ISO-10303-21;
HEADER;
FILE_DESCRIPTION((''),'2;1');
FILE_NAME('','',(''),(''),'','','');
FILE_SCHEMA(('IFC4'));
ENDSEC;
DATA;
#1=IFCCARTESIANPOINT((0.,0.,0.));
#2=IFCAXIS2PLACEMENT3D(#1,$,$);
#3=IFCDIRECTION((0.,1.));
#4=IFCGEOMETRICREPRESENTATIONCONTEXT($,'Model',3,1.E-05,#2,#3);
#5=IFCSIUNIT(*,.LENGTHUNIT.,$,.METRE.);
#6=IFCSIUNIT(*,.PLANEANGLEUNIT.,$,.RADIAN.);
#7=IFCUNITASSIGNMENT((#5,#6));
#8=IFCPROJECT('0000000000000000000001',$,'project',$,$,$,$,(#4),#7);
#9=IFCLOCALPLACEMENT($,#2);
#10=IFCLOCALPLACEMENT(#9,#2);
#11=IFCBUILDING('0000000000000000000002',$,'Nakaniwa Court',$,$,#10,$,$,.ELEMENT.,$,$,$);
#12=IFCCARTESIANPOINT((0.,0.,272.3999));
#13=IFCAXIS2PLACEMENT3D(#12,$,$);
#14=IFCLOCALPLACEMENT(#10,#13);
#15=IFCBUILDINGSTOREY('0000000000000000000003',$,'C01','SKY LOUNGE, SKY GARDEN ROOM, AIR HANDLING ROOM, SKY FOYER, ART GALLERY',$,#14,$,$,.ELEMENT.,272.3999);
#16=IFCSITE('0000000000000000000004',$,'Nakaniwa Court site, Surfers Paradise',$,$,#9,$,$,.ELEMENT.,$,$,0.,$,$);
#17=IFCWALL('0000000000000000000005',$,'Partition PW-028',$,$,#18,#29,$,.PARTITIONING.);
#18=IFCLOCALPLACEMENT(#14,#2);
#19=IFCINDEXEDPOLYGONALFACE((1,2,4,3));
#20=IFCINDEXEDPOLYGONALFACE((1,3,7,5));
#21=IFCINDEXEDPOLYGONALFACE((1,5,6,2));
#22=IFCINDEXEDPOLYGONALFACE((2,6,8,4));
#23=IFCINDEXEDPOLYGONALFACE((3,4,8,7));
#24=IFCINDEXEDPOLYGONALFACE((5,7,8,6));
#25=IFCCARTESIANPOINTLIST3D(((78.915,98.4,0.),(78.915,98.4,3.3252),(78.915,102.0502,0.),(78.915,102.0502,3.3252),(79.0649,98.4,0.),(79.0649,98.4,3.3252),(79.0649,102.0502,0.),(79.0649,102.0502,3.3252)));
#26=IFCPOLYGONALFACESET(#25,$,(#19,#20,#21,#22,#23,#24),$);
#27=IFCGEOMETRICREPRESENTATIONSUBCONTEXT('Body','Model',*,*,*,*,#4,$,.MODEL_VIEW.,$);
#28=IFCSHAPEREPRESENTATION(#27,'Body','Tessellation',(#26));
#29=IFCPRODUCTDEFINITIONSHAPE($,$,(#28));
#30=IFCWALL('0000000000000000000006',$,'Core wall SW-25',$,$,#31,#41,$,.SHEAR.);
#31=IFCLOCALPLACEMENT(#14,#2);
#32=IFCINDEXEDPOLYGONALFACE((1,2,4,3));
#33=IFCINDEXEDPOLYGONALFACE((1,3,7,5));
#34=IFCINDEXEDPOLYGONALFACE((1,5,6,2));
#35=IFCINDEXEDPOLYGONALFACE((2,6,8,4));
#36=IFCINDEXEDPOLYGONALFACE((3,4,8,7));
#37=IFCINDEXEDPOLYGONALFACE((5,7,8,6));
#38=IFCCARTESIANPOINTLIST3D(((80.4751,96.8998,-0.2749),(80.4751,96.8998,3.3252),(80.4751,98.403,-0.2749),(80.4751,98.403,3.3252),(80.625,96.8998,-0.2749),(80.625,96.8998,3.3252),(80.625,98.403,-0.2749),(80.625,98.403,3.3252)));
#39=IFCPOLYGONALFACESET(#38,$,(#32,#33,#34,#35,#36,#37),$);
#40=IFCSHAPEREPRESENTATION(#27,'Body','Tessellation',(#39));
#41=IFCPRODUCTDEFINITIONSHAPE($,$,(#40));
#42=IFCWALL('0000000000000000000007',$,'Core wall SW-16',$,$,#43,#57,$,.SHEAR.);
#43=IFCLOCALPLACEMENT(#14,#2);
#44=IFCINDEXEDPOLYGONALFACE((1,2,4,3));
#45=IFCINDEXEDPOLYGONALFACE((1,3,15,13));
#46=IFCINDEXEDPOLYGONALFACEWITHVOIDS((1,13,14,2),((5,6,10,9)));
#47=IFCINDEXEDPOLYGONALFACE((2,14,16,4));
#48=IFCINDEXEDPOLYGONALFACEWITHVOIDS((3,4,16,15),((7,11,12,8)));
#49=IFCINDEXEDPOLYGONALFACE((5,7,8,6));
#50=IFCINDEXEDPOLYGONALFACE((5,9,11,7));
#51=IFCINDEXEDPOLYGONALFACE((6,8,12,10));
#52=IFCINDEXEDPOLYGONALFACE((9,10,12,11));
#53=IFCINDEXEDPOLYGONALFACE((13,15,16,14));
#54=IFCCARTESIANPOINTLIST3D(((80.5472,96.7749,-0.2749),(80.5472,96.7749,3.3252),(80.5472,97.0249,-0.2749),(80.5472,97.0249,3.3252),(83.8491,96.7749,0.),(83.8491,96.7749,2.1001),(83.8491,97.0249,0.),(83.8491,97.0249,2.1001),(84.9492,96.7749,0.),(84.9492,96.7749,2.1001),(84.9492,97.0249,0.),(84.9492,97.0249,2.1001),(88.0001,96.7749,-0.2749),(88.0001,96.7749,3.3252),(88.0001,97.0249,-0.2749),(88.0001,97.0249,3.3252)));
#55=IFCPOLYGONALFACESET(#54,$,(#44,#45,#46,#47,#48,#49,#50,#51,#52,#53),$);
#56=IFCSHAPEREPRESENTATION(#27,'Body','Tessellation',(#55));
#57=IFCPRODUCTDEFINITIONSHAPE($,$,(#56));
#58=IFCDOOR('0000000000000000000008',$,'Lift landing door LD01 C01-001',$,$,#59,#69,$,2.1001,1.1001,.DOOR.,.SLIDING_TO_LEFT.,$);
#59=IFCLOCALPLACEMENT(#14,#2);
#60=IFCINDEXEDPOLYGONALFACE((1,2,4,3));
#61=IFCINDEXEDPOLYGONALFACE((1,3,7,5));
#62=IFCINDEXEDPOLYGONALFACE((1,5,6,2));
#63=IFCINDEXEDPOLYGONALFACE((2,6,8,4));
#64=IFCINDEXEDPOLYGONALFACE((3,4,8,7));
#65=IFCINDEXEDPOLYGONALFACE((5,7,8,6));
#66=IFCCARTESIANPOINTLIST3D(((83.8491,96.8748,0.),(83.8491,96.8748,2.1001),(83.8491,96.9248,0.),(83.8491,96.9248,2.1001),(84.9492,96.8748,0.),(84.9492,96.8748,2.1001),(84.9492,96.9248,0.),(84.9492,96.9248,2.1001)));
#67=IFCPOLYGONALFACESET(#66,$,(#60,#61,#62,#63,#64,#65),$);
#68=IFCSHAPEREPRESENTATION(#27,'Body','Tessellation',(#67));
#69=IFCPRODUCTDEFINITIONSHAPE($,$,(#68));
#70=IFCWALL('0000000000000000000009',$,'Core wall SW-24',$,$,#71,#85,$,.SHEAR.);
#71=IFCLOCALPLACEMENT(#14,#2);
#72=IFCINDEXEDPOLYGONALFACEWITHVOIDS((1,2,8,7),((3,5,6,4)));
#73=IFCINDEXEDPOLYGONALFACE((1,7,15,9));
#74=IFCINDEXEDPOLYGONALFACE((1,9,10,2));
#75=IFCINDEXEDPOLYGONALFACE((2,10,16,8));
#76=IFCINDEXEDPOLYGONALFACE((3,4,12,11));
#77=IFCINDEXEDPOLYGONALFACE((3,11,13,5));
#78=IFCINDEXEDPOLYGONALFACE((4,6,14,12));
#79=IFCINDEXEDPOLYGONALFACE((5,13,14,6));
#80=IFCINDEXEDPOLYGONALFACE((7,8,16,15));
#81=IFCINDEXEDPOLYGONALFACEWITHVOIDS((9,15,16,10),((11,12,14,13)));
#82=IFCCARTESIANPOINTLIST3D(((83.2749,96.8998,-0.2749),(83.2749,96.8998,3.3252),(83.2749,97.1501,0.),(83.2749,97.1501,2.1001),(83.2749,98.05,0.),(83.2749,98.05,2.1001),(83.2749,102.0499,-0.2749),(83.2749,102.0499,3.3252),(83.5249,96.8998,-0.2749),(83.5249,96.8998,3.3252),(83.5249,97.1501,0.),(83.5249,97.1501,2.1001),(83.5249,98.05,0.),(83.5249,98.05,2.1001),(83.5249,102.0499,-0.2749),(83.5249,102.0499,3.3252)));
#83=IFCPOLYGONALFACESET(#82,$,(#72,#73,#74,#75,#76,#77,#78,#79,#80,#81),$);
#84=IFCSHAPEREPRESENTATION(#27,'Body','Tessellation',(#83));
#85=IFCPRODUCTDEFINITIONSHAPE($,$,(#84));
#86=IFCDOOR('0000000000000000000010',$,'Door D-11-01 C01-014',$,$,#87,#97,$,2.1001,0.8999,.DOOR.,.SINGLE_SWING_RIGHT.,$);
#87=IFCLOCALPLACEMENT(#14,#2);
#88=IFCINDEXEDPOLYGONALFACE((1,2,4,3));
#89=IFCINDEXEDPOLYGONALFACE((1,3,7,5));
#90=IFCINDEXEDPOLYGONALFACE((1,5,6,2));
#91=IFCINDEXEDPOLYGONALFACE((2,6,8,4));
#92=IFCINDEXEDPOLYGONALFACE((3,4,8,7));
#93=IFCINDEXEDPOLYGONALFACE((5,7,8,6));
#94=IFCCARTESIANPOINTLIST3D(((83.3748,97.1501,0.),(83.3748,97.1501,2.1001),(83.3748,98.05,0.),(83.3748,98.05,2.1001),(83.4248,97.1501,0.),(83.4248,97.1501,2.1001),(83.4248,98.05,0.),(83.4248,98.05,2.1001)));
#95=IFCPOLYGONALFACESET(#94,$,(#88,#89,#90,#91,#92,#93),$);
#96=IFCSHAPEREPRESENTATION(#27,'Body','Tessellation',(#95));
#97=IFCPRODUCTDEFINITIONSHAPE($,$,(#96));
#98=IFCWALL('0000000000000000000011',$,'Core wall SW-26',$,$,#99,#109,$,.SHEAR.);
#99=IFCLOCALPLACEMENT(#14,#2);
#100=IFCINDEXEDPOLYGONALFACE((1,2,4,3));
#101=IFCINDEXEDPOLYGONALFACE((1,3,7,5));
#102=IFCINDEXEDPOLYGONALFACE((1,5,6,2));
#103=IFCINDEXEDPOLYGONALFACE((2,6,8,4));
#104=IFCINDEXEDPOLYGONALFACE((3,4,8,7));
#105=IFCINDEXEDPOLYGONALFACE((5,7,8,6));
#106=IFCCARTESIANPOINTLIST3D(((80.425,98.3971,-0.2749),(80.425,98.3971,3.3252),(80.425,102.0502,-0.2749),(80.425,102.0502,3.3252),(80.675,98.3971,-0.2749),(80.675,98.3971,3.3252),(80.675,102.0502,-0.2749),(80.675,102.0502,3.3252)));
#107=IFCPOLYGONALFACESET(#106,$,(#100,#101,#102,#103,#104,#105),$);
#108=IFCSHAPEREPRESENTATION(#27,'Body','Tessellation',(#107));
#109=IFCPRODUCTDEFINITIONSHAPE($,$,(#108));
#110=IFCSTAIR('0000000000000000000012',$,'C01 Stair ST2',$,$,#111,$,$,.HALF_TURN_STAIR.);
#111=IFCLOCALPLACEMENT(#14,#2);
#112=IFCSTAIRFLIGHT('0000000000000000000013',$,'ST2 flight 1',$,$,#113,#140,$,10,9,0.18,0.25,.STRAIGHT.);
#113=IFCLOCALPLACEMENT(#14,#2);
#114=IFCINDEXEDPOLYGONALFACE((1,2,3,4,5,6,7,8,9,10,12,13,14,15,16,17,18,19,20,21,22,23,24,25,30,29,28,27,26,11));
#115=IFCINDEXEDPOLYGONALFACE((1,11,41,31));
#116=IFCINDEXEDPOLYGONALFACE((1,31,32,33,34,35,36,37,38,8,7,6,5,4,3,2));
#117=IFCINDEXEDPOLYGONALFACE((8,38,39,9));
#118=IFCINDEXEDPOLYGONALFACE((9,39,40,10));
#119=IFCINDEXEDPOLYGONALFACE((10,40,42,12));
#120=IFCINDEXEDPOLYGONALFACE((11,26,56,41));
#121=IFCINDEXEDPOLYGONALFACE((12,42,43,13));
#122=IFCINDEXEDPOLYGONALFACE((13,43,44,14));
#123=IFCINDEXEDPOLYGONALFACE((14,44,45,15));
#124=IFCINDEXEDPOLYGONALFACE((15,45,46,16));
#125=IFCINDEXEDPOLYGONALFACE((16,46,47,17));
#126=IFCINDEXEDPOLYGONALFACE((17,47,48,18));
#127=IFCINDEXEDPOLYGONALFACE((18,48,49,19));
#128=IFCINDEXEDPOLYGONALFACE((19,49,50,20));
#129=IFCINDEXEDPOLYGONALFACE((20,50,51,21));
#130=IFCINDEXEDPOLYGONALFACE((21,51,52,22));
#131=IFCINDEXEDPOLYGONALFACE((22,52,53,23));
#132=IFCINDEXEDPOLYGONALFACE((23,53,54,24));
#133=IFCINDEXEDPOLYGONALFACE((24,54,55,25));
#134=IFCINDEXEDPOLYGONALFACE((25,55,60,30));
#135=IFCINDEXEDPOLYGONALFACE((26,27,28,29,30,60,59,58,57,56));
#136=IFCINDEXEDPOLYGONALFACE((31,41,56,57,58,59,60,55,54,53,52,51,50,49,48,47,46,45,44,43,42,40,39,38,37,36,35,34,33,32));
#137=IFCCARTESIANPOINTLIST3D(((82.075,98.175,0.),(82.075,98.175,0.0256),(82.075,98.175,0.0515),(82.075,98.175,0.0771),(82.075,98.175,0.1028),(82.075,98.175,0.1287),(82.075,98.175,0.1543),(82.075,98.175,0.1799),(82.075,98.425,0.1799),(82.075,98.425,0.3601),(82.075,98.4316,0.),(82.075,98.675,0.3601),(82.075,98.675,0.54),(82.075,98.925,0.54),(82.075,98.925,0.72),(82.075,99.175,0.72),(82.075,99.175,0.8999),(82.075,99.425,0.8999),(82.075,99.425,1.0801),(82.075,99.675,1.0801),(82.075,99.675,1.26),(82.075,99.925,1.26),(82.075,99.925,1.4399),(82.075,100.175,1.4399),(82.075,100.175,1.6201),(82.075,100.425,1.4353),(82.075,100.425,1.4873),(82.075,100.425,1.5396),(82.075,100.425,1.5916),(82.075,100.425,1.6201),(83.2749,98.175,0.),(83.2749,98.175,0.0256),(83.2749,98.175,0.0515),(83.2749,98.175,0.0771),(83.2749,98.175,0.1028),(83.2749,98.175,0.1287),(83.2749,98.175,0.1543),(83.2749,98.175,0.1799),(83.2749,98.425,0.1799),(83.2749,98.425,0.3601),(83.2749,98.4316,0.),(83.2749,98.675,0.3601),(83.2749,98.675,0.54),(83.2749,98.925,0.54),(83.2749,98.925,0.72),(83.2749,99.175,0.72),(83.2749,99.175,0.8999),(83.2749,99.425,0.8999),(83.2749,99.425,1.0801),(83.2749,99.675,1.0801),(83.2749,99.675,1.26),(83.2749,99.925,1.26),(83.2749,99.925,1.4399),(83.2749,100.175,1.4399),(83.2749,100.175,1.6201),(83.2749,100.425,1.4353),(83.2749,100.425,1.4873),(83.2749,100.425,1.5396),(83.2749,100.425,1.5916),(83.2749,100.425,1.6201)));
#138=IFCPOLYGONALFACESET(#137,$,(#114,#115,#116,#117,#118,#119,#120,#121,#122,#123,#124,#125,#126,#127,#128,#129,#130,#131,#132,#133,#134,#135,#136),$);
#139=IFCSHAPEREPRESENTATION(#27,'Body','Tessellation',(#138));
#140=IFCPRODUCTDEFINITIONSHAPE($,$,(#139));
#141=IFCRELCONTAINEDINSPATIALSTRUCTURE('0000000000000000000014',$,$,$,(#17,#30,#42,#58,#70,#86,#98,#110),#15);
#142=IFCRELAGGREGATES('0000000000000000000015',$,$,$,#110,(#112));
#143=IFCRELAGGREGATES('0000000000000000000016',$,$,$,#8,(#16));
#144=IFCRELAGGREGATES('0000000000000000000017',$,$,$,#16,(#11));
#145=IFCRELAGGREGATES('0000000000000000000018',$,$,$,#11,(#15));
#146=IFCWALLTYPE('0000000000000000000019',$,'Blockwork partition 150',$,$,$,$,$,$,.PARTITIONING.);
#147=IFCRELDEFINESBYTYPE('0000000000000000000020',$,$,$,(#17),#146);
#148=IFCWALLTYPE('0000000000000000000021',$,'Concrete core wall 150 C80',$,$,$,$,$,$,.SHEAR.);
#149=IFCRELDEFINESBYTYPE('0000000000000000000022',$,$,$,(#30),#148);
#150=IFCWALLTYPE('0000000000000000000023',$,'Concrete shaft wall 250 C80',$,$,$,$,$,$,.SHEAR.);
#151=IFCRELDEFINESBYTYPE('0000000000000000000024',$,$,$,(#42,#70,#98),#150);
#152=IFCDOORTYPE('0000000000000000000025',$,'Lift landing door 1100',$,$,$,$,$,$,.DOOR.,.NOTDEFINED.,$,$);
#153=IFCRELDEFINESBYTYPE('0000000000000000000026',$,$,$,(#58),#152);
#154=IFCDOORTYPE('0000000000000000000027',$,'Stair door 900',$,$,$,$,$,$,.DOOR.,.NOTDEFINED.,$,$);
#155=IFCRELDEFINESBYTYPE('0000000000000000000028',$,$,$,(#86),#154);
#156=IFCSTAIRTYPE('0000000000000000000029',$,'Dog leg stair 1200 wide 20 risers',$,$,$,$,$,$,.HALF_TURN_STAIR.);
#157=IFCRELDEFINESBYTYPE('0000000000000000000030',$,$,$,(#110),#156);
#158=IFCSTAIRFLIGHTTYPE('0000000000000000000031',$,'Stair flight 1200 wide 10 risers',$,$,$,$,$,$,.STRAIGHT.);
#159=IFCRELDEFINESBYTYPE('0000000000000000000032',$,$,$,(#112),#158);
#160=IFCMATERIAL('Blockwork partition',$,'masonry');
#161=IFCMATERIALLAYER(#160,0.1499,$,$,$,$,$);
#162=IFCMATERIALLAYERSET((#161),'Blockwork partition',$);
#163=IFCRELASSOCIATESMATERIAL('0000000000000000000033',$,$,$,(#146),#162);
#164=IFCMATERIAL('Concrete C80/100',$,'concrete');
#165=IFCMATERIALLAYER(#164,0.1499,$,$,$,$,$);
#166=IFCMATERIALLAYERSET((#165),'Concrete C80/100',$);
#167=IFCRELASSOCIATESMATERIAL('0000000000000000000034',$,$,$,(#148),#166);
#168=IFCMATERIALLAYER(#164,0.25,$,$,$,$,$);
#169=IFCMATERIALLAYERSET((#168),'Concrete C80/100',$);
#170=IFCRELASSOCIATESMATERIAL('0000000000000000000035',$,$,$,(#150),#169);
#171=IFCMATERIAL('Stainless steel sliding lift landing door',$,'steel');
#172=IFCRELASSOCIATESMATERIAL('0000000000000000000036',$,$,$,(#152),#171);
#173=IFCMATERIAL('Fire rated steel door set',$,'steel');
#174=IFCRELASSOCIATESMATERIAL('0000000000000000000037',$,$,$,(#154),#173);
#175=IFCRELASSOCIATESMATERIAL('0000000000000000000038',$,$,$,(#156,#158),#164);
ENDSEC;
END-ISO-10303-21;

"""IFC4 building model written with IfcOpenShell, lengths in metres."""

from ifc_helpers import new_model, si_unit, direction, frame, frame_2d, origin, place, context, subcontext, project, spatial, polyline, rectangle, outline, extrude, material, layer, layer_set, type_object, element, fill, aggregate, save


model = new_model("IFC4")

# Units and contexts
model_context = context("Model", 3, precision=1e-05, world=origin(), true_north=direction((0.0, 1.0)))
body_context = subcontext(model_context, "Body", "Model", "MODEL_VIEW")
ifc_project = project(units=[si_unit("LENGTHUNIT", "METRE"), si_unit("PLANEANGLEUNIT", "RADIAN")], contexts=[model_context])

# Site, building, storey
site_placement = place(None, origin())
site = spatial("IfcSite", under=ifc_project, at=site_placement, Name="Nakaniwa Court site, Surfers Paradise", CompositionType="ELEMENT", RefElevation=0.0)
building_placement = place(site_placement, origin())
building = spatial("IfcBuilding", under=site, at=building_placement, Name="Nakaniwa Court", CompositionType="ELEMENT")
storey_placement = place(building_placement, frame((0.0, 0.0, 272.3999)))
storey = spatial("IfcBuildingStorey", under=building, at=storey_placement, Name="C01", Description="SKY LOUNGE, SKY GARDEN ROOM, AIR HANDLING ROOM, SKY FOYER, ART GALLERY", CompositionType="ELEMENT", Elevation=272.3999)

# Walls
ifc_material_1 = material(Name="Blockwork partition", Category="masonry")
ifc_layer_1 = layer(ifc_material_1, 0.1499)
ifc_layer_set_1 = layer_set([ifc_layer_1], Name="Blockwork partition")
wall_type_1 = type_object("IfcWallType", Name="Blockwork partition 150", PredefinedType="PARTITIONING", material=ifc_layer_set_1)
wall_1_placement = place(storey_placement, frame((78.99, 98.3999, 0.0), z_axis=(0.0, 0.0, 1.0), x_axis=(0.0, 1.0, 0.0)))
element("IfcWall", 1, at=wall_1_placement, inside=storey, type_object=wall_type_1, Name="Partition PW-028", PredefinedType="PARTITIONING", context=body_context, shape_type="SweptSolid", body=[
    extrude(rectangle(XDim=3.6501, YDim=0.1499, at=frame_2d((1.8252, 0.0))), origin(), (0.0, 0.0, 1.0), 3.3252),
])
ifc_material_2 = material(Name="Concrete C80/100", Category="concrete")
ifc_layer_2 = layer(ifc_material_2, 0.1499)
ifc_layer_set_2 = layer_set([ifc_layer_2], Name="Concrete C80/100")
wall_type_2 = type_object("IfcWallType", Name="Concrete core wall 150 C80", PredefinedType="SHEAR", material=ifc_layer_set_2)
wall_2_placement = place(storey_placement, frame((80.55, 96.8999, -0.2749), z_axis=(0.0, 0.0, 1.0), x_axis=(0.0, 1.0, 0.0)))
element("IfcWall", 2, at=wall_2_placement, inside=storey, type_object=wall_type_2, Name="Core wall SW-25", PredefinedType="SHEAR", context=body_context, shape_type="SweptSolid", body=[
    extrude(rectangle(XDim=1.5032, YDim=0.1499, at=frame_2d((0.7515, 0.0))), origin(), (0.0, 0.0, 1.0), 3.6001),
])

# Walls, openings, doors
ifc_layer_3 = layer(ifc_material_2, 0.25)
ifc_layer_set_3 = layer_set([ifc_layer_3], Name="Concrete C80/100")
wall_type_3 = type_object("IfcWallType", Name="Concrete shaft wall 250 C80", PredefinedType="SHEAR", material=ifc_layer_set_3)
wall_3_placement = place(storey_placement, frame((80.5471, 96.8999, -0.2749), z_axis=(0.0, 0.0, 1.0), x_axis=(1.0, 0.0, 0.0)))
wall_3 = element("IfcWall", 3, at=wall_3_placement, inside=storey, type_object=wall_type_3, Name="Core wall SW-16", PredefinedType="SHEAR", context=body_context, shape_type="SweptSolid", body=[
    extrude(rectangle(XDim=7.4529, YDim=0.25, at=frame_2d((3.7266, 0.0))), origin(), (0.0, 0.0, 1.0), 3.6001),
])
opening_1_placement = place(wall_3_placement, frame((3.302, 0.0, 0.2749)))
opening_1 = element("IfcOpeningElement", 4, at=opening_1_placement, cuts=wall_3, PredefinedType="OPENING", context=body_context, shape_type="SweptSolid", body=[
    extrude(rectangle(XDim=1.1001, YDim=2.1001, at=frame_2d((0.55, 1.05))), frame((0.0, 0.135, 0.0), z_axis=(0.0, -1.0, 0.0), x_axis=(1.0, 0.0, 0.0)), (0.0, 0.0, 1.0), 0.27),
])
ifc_material_3 = material(Name="Stainless steel sliding lift landing door", Category="steel")
door_type_1 = type_object("IfcDoorType", Name="Lift landing door 1100", OperationType="NOTDEFINED", PredefinedType="DOOR", material=ifc_material_3)
door_1_placement = place(opening_1_placement, origin())
door_1 = element("IfcDoor", 5, at=door_1_placement, inside=storey, type_object=door_type_1, Name="Lift landing door LD01 C01-001", OperationType="SLIDING_TO_LEFT", OverallHeight=2.1001, OverallWidth=1.1001, PredefinedType="DOOR", context=body_context, shape_type="SweptSolid", body=[
    extrude(rectangle(XDim=1.1001, YDim=2.1001, at=frame_2d((0.55, 1.05))), frame((0.0, 0.0249, 0.0), z_axis=(0.0, -1.0, 0.0), x_axis=(1.0, 0.0, 0.0)), (0.0, 0.0, 1.0), 0.05),
])
fill(opening_1, door_1)
wall_4_placement = place(storey_placement, frame((83.3999, 102.05, -0.2749), z_axis=(0.0, 0.0, 1.0), x_axis=(0.0, -1.0, 0.0)))
wall_4 = element("IfcWall", 6, at=wall_4_placement, inside=storey, type_object=wall_type_3, Name="Core wall SW-24", PredefinedType="SHEAR", context=body_context, shape_type="SweptSolid", body=[
    extrude(rectangle(XDim=5.1501, YDim=0.25, at=frame_2d((2.5752, 0.0))), origin(), (0.0, 0.0, 1.0), 3.6001),
])
opening_2_placement = place(wall_4_placement, frame((4.0, 0.0, 0.2749)))
opening_2 = element("IfcOpeningElement", 7, at=opening_2_placement, cuts=wall_4, PredefinedType="OPENING", context=body_context, shape_type="SweptSolid", body=[
    extrude(rectangle(XDim=0.8999, YDim=2.1001, at=frame_2d((0.45, 1.05))), frame((0.0, 0.135, 0.0), z_axis=(0.0, -1.0, 0.0), x_axis=(1.0, 0.0, 0.0)), (0.0, 0.0, 1.0), 0.27),
])
ifc_material_4 = material(Name="Fire rated steel door set", Category="steel")
door_type_2 = type_object("IfcDoorType", Name="Stair door 900", OperationType="NOTDEFINED", PredefinedType="DOOR", material=ifc_material_4)
door_2_placement = place(opening_2_placement, origin())
door_2 = element("IfcDoor", 8, at=door_2_placement, inside=storey, type_object=door_type_2, Name="Door D-11-01 C01-014", OperationType="SINGLE_SWING_RIGHT", OverallHeight=2.1001, OverallWidth=0.8999, PredefinedType="DOOR", context=body_context, shape_type="SweptSolid", body=[
    extrude(rectangle(XDim=0.8999, YDim=2.1001, at=frame_2d((0.45, 1.05))), frame((0.0, 0.0249, 0.0), z_axis=(0.0, -1.0, 0.0), x_axis=(1.0, 0.0, 0.0)), (0.0, 0.0, 1.0), 0.05),
])
fill(opening_2, door_2)

# Wall
wall_5_placement = place(storey_placement, frame((80.55, 98.397, -0.2749), z_axis=(0.0, 0.0, 1.0), x_axis=(0.0, 1.0, 0.0)))
element("IfcWall", 9, at=wall_5_placement, inside=storey, type_object=wall_type_3, Name="Core wall SW-26", PredefinedType="SHEAR", context=body_context, shape_type="SweptSolid", body=[
    extrude(rectangle(XDim=3.6531, YDim=0.25, at=frame_2d((1.8267, 0.0))), origin(), (0.0, 0.0, 1.0), 3.6001),
])

# Stair, stair flight
stair_type = type_object("IfcStairType", Name="Dog leg stair 1200 wide 20 risers", PredefinedType="HALF_TURN_STAIR", material=ifc_material_2)
stair_placement = place(storey_placement, origin())
stair = element("IfcStair", 10, at=stair_placement, inside=storey, type_object=stair_type, Name="C01 Stair ST2", PredefinedType="HALF_TURN_STAIR")
stair_flight_type = type_object("IfcStairFlightType", Name="Stair flight 1200 wide 10 risers", PredefinedType="STRAIGHT", material=ifc_material_2)
stair_flight_1_placement = place(storey_placement, frame((82.675, 98.175, 0.0), z_axis=(0.0, 0.0, 1.0), x_axis=(0.0, 1.0, 0.0)))
stair_flight_1 = element("IfcStairFlight", 11, at=stair_flight_1_placement, type_object=stair_flight_type, Name="ST2 flight 1", NumberOfRisers=10, NumberOfTreads=9, PredefinedType="STRAIGHT", RiserHeight=0.18, TreadLength=0.25, context=body_context, shape_type="SweptSolid", body=[
    extrude(outline(polyline([(0.0, 0.0), (0.0, 0.0256), (0.0, 0.0515), (0.0, 0.0771), (0.0, 0.1028), (0.0, 0.1287), (0.0, 0.1543), (0.0, 0.1799), (0.25, 0.1799), (0.25, 0.3601), (0.5, 0.3601), (0.5, 0.54), (0.75, 0.54), (0.75, 0.72), (1.0, 0.72), (1.0, 0.8999), (1.25, 0.8999), (1.25, 1.0801), (1.5, 1.0801), (1.5, 1.26), (1.75, 1.26), (1.75, 1.4399), (2.0, 1.4399), (2.0, 1.6201), (2.25, 1.6201), (2.25, 1.8), (2.25, 1.7478), (2.25, 1.6958), (2.25, 1.6438), (2.25, 1.5916), (2.25, 1.5396), (2.25, 1.4873), (2.25, 1.4353), (0.2566, 0.0), (0.0, 0.0)])), frame((0.0, 0.6001, 0.0), z_axis=(0.0, -1.0, 0.0), x_axis=(1.0, 0.0, 0.0)), (0.0, 0.0, 1.0), 1.2),
])
aggregate(stair, [stair_flight_1])

save(model, "model.ifc")
